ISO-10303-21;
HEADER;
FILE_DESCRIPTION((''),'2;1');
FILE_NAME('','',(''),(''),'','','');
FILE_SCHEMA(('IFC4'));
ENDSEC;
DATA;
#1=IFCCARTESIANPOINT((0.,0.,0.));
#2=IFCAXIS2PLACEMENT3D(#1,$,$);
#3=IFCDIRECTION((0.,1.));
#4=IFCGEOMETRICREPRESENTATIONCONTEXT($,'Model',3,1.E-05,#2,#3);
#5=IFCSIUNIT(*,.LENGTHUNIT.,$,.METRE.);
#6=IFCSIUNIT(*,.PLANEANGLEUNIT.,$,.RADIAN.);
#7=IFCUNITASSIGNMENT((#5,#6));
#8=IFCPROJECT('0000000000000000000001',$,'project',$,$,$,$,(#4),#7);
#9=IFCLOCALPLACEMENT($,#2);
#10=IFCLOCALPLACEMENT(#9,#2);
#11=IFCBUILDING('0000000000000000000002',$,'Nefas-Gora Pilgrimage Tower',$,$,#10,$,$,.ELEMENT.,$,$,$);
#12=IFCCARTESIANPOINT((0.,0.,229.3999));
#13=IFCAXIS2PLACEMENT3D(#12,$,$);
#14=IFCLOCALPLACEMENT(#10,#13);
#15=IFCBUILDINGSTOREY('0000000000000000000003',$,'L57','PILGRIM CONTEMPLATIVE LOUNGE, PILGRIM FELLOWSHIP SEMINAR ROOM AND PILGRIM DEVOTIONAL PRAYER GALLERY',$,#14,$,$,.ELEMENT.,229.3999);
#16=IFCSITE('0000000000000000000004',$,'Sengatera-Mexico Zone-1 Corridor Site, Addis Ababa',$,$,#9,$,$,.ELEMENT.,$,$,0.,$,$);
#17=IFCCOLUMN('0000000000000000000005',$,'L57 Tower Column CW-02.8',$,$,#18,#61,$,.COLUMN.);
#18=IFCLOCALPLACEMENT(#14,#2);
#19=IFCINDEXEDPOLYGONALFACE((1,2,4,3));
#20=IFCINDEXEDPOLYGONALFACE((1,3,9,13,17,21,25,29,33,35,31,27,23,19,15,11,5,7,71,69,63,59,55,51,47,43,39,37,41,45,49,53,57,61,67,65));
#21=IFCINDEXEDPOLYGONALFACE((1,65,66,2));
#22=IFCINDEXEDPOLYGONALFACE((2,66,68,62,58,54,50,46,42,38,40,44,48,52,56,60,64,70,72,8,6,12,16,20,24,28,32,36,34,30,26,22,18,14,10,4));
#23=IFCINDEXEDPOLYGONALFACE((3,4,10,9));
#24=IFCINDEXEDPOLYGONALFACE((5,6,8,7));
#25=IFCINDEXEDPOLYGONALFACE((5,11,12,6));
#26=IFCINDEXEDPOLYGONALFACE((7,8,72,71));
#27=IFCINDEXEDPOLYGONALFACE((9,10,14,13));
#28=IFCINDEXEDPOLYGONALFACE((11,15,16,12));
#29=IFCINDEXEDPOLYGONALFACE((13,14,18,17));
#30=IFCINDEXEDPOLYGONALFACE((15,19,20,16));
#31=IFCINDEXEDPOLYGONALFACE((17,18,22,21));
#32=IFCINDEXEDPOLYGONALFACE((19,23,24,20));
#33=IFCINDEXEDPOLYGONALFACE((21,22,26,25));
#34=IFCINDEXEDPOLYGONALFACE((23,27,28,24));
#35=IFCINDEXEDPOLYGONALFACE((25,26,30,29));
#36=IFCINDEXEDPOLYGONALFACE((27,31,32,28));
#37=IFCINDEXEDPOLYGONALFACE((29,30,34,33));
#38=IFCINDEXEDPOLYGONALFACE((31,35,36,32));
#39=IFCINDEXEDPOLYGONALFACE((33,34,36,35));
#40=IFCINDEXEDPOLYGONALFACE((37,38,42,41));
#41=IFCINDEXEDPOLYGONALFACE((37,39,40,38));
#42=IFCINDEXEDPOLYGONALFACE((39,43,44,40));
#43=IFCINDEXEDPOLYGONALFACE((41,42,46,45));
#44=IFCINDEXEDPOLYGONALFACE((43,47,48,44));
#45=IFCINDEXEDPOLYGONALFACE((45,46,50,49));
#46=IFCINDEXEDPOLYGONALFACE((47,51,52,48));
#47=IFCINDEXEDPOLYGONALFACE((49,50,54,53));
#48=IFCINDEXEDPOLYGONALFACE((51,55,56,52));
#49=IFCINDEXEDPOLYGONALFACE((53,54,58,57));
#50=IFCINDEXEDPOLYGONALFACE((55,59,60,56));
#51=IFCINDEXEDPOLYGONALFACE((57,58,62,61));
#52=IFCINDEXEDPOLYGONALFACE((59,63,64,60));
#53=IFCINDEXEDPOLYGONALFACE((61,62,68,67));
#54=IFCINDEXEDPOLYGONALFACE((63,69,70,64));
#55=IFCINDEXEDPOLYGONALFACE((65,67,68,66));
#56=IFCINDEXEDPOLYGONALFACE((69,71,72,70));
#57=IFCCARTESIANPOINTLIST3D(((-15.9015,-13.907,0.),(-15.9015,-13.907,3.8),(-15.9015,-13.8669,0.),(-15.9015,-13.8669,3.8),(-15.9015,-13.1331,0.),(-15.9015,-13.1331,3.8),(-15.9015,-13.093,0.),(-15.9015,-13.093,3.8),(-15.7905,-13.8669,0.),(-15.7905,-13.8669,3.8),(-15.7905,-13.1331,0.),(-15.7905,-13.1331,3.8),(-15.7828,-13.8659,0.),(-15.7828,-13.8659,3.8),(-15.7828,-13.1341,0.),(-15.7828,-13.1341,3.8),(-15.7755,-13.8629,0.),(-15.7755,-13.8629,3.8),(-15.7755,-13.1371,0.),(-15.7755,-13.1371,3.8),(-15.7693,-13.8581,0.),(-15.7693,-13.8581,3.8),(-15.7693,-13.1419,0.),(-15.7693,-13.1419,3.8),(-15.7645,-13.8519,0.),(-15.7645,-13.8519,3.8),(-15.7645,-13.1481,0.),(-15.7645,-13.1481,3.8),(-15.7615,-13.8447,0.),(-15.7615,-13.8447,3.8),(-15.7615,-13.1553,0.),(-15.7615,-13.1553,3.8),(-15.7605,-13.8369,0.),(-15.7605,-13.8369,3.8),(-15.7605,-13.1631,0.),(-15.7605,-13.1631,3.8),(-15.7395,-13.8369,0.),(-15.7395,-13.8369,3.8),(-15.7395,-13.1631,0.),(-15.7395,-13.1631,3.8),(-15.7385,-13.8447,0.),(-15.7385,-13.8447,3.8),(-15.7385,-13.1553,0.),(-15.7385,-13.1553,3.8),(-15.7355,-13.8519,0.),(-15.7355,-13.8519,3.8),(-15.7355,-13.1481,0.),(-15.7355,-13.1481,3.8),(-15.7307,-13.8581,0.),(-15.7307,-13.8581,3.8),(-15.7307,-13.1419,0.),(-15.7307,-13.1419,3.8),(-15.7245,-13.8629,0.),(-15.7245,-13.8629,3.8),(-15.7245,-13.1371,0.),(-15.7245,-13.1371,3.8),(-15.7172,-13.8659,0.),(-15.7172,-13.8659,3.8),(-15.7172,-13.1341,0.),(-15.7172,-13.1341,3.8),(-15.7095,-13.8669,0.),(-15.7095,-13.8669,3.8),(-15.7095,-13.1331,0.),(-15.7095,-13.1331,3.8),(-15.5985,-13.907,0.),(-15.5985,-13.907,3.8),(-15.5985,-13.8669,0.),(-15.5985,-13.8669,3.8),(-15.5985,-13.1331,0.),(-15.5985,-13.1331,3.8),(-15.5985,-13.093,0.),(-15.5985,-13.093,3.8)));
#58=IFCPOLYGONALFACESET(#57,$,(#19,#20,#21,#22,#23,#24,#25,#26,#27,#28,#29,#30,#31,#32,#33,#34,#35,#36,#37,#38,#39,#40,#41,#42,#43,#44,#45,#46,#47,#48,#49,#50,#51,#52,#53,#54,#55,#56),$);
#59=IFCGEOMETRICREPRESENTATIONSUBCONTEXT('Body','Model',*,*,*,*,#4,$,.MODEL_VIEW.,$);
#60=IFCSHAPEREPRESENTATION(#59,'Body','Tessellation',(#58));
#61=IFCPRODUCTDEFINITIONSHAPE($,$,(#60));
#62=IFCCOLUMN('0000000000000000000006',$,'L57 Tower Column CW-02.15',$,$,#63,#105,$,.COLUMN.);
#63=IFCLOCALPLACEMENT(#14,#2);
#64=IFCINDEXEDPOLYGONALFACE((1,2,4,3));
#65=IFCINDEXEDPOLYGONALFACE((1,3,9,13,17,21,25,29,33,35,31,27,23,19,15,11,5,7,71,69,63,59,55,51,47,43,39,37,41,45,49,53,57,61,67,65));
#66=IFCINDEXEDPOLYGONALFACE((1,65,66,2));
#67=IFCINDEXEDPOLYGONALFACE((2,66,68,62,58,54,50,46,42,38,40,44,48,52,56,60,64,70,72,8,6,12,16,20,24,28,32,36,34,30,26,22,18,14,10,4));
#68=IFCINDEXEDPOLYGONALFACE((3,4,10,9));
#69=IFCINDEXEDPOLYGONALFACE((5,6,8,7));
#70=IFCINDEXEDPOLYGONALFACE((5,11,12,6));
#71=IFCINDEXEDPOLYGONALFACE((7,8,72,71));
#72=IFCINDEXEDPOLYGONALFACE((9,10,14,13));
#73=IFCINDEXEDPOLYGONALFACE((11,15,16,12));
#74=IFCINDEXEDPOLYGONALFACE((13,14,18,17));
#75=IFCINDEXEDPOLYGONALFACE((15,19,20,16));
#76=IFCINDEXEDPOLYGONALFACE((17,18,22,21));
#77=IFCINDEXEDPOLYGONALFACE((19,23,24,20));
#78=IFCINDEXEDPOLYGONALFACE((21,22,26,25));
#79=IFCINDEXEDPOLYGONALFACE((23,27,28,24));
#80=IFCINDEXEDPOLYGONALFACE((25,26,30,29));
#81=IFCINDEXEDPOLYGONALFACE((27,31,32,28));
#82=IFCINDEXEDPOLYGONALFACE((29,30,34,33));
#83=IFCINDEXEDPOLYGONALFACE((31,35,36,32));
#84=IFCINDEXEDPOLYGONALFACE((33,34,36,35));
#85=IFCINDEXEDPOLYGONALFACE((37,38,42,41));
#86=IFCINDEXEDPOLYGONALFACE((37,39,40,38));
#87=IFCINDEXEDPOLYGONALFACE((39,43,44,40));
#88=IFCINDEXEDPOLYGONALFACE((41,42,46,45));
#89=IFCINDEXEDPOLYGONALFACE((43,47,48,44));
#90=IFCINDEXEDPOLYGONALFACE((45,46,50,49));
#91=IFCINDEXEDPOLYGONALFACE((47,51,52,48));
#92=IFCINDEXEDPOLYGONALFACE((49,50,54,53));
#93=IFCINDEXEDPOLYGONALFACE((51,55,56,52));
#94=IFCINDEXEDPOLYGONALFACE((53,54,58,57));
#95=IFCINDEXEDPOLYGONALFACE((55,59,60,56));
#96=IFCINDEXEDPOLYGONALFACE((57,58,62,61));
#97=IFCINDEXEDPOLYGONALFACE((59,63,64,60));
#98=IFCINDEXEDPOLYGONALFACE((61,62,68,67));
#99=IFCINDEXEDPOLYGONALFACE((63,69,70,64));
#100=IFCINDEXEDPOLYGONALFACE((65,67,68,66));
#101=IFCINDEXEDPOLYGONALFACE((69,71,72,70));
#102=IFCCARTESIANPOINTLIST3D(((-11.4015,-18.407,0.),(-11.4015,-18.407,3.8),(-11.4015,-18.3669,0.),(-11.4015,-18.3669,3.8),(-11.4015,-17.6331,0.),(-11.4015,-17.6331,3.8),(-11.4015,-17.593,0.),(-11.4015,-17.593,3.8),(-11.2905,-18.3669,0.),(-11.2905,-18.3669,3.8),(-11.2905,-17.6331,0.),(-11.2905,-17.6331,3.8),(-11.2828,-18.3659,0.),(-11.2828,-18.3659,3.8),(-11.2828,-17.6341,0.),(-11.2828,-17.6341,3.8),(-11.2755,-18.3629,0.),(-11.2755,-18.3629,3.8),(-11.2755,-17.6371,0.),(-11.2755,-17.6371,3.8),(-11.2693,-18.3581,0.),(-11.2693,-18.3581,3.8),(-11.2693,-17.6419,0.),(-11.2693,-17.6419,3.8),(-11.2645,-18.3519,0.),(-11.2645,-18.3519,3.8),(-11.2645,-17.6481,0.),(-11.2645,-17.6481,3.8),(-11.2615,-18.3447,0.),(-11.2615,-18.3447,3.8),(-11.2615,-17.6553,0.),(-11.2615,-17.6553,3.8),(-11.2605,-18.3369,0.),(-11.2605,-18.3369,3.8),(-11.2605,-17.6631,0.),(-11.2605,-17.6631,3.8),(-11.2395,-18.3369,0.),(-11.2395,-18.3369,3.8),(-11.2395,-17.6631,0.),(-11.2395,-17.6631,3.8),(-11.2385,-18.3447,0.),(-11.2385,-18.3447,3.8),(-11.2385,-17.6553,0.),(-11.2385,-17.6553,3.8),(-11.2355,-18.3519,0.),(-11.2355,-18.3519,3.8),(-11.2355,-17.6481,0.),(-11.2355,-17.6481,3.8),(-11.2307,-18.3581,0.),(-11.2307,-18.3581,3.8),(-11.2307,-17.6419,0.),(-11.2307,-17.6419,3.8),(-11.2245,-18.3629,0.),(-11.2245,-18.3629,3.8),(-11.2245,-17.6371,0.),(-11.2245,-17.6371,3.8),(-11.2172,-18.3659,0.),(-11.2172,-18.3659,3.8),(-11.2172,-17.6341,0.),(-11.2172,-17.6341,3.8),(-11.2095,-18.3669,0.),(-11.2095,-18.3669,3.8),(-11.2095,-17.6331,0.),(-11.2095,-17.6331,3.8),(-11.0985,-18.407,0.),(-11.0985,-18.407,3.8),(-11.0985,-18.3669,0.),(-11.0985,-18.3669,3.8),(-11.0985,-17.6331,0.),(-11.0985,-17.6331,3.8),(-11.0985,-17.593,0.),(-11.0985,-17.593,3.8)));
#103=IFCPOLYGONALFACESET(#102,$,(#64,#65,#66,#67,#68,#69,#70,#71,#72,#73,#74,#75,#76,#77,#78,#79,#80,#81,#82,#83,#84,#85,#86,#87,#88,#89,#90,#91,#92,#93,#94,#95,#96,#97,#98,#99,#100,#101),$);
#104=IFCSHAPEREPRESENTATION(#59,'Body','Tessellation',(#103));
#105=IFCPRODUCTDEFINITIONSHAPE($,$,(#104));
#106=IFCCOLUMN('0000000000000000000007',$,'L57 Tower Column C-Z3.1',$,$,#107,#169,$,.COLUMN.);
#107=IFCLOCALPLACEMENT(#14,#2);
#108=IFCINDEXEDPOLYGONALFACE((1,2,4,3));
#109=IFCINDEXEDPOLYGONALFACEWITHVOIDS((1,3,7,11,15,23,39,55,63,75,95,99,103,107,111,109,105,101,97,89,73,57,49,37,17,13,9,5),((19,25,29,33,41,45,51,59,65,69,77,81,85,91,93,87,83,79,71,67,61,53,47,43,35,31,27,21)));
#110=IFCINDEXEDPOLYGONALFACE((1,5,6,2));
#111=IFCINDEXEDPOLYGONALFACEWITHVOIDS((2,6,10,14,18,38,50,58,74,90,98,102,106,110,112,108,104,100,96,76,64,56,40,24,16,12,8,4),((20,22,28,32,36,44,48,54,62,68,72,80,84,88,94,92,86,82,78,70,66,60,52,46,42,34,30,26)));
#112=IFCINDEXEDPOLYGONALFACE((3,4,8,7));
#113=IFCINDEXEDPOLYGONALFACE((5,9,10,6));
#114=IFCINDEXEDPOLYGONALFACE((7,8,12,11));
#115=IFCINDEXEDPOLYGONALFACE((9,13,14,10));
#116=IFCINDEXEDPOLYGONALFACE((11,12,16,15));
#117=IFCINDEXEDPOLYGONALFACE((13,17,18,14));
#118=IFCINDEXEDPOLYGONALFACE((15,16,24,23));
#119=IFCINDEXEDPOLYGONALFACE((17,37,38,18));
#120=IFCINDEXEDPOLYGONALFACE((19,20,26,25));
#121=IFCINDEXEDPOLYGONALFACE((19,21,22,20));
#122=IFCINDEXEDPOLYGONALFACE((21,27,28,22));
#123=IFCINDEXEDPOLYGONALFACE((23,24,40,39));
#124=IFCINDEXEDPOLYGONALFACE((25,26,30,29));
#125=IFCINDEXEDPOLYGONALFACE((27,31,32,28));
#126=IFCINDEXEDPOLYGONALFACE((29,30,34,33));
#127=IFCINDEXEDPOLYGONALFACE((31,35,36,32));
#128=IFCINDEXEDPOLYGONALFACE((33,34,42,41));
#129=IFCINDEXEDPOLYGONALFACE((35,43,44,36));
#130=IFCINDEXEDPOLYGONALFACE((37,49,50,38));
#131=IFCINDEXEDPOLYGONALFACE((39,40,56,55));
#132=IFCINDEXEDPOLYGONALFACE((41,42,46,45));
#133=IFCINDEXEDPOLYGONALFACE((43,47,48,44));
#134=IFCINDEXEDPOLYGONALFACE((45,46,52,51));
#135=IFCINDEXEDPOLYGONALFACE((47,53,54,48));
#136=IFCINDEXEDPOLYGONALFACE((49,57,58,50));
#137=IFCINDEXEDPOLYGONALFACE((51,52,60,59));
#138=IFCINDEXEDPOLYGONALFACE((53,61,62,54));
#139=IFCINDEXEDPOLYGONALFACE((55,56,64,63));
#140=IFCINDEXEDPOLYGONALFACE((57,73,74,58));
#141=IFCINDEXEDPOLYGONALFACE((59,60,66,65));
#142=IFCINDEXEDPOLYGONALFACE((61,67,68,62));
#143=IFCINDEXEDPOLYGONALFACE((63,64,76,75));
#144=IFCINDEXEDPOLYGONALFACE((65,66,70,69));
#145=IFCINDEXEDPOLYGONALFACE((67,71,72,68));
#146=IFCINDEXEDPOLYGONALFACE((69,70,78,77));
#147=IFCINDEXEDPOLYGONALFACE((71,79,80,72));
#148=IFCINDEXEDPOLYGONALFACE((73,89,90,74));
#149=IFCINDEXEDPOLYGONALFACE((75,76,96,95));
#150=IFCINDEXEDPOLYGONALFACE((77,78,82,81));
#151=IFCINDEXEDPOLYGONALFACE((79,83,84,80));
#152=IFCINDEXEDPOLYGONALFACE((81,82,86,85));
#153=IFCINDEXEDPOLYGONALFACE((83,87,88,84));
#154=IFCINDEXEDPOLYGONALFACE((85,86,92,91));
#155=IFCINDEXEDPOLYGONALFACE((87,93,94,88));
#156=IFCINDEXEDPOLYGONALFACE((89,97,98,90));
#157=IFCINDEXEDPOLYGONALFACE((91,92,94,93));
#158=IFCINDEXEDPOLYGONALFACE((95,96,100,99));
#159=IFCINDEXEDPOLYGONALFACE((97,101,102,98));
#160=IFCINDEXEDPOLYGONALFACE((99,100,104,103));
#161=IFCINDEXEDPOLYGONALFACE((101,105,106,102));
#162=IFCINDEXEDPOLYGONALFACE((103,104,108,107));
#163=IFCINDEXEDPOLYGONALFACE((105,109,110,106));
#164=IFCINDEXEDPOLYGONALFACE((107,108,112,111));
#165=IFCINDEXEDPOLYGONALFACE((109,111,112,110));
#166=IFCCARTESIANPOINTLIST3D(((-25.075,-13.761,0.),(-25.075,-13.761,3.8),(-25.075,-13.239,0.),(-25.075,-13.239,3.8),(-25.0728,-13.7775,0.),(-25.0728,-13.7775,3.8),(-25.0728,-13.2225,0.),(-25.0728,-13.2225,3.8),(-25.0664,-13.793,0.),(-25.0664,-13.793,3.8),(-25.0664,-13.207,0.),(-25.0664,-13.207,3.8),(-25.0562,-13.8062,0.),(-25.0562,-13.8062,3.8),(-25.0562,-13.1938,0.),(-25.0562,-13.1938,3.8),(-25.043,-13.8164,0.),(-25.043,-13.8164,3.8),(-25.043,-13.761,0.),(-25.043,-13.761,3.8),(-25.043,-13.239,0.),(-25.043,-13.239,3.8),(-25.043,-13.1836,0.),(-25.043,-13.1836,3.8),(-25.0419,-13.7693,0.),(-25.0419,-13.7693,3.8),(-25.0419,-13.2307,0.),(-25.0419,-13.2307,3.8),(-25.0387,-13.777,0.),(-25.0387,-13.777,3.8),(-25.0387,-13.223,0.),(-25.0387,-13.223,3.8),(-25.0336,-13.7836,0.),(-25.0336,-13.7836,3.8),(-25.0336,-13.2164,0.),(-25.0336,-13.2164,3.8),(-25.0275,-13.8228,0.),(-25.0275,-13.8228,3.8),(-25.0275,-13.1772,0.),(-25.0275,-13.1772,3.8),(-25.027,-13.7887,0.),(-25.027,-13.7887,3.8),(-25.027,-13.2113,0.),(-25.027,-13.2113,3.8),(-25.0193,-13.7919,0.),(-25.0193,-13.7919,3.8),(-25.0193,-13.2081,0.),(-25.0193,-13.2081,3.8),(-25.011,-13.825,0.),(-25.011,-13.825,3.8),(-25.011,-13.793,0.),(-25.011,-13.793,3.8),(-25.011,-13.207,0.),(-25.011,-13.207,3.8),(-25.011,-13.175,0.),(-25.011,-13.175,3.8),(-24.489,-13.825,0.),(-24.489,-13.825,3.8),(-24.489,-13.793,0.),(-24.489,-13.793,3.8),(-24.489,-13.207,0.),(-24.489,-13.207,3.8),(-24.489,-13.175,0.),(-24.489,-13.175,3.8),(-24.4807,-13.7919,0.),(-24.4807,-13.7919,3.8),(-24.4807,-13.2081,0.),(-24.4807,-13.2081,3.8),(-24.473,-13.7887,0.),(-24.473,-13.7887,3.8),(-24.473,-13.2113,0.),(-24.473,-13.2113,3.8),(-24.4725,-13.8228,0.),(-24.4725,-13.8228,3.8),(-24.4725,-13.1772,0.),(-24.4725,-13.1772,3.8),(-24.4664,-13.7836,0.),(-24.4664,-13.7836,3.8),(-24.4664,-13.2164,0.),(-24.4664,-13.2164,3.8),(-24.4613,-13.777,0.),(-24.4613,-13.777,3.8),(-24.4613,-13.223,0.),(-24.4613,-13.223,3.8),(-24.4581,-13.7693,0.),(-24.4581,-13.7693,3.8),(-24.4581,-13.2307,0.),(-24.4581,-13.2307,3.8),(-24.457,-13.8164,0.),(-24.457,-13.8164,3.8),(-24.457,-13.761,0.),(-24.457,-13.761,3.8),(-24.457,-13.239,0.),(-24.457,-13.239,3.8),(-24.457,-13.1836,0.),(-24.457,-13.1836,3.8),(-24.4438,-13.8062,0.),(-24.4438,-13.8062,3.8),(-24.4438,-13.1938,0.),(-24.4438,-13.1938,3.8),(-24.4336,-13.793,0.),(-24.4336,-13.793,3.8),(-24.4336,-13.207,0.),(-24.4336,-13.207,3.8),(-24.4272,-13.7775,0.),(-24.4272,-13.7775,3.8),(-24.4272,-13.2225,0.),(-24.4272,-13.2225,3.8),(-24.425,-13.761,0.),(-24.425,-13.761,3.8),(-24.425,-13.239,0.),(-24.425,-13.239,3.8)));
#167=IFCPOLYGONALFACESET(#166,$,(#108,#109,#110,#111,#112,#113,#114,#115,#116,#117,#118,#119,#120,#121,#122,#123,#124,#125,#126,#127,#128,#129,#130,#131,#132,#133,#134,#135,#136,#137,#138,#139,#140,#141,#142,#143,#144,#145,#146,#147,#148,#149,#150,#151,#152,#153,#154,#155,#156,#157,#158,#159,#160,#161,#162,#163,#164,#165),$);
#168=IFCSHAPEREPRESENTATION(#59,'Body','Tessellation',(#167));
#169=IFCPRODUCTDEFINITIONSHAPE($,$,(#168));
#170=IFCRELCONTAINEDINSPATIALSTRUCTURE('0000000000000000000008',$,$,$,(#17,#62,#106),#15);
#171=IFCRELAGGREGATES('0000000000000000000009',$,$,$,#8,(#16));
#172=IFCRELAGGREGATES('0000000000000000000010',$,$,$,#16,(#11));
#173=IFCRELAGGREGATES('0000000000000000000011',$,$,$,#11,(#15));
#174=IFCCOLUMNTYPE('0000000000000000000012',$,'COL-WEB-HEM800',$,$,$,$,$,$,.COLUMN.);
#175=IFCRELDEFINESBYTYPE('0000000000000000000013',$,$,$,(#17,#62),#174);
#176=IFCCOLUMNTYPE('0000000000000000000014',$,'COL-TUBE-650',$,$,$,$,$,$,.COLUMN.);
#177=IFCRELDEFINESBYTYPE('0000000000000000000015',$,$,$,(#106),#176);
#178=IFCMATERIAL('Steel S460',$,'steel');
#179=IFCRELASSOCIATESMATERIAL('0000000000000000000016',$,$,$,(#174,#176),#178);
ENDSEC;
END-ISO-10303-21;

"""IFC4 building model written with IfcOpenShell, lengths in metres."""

from ifc_helpers import new_model, si_unit, direction, frame, origin, origin_2d, place, context, subcontext, project, spatial, hollow_rectangle, i_section, extrude, source, transform, mapped, material, material_profile, profile_set, type_object, element, save


model = new_model("IFC4")

# Units and contexts
model_context = context("Model", 3, precision=1e-05, world=origin(), true_north=direction((0.0, 1.0)))
body_context = subcontext(model_context, "Body", "Model", "MODEL_VIEW")
ifc_project = project(units=[si_unit("LENGTHUNIT", "METRE"), si_unit("PLANEANGLEUNIT", "RADIAN")], contexts=[model_context])

# Site, building, storey
site_placement = place(None, origin())
site = spatial("IfcSite", under=ifc_project, at=site_placement, Name="Sengatera-Mexico Zone-1 Corridor Site, Addis Ababa", CompositionType="ELEMENT", RefElevation=0.0)
building_placement = place(site_placement, origin())
building = spatial("IfcBuilding", under=site, at=building_placement, Name="Nefas-Gora Pilgrimage Tower", CompositionType="ELEMENT")
storey_placement = place(building_placement, frame((0.0, 0.0, 229.3999)))
storey = spatial("IfcBuildingStorey", under=building, at=storey_placement, Name="L57", Description="PILGRIM CONTEMPLATIVE LOUNGE, PILGRIM FELLOWSHIP SEMINAR ROOM AND PILGRIM DEVOTIONAL PRAYER GALLERY", CompositionType="ELEMENT", Elevation=229.3999)

# Columns
ifc_material_1 = material(Name="Steel S460", Category="steel")
ifc_material_profile_1 = material_profile(ifc_material_1, i_section(OverallWidth=0.303, OverallDepth=0.814, WebThickness=0.021, FlangeThickness=0.04, FilletRadius=0.03, at=origin_2d()), Name="HEM 800")
ifc_profile_set_1 = profile_set([ifc_material_profile_1], Name="Steel S460")
column_type_1 = type_object("IfcColumnType", Name="COL-WEB-HEM800", PredefinedType="COLUMN", material=ifc_profile_set_1)
shared_shape_1 = source(origin(), body_context, "Body", "SweptSolid", [
    extrude(i_section(OverallWidth=0.303, OverallDepth=0.814, WebThickness=0.021, FlangeThickness=0.04, FilletRadius=0.03, at=origin_2d()), origin(), (0.0, 0.0, 1.0), 3.8),
])
for number, where, z_axis, x_axis, name in (
    (1, (-15.75, -13.5, 0.0), (0.0, 0.0, 1.0), (1.0, 0.0, 0.0), "L57 Tower Column CW-02.8"),
    (2, (-11.25, -18.0, 0.0), (0.0, 0.0, 1.0), (1.0, 0.0, 0.0), "L57 Tower Column CW-02.15"),
):
    element("IfcColumn", number, at=place(storey_placement, frame(where, z_axis=z_axis, x_axis=x_axis)), inside=storey, type_object=column_type_1, Name=name, PredefinedType="COLUMN", context=body_context, shape_type="MappedRepresentation", body=[
        mapped(shared_shape_1, transform((0.0, 0.0, 0.0), x_axis=(1.0, 0.0, 0.0), y_axis=(0.0, 1.0, 0.0), z_axis=(0.0, 0.0, 1.0), scale=1.0)),
    ])
ifc_material_profile_2 = material_profile(ifc_material_1, hollow_rectangle(XDim=0.6499, YDim=0.6499, WallThickness=0.032, InnerFilletRadius=0.032, OuterFilletRadius=0.064, at=origin_2d()), Name="BOX 650x650x32")
ifc_profile_set_2 = profile_set([ifc_material_profile_2], Name="Steel S460")
column_type_2 = type_object("IfcColumnType", Name="COL-TUBE-650", PredefinedType="COLUMN", material=ifc_profile_set_2)
shared_shape_2 = source(origin(), body_context, "Body", "SweptSolid", [
    extrude(hollow_rectangle(XDim=0.6499, YDim=0.6499, WallThickness=0.032, InnerFilletRadius=0.032, OuterFilletRadius=0.064, at=origin_2d()), origin(), (0.0, 0.0, 1.0), 3.8),
])
column_placement = place(storey_placement, frame((-24.75, -13.5, 0.0), z_axis=(0.0, 0.0, 1.0), x_axis=(1.0, 0.0, 0.0)))
element("IfcColumn", 3, at=column_placement, inside=storey, type_object=column_type_2, Name="L57 Tower Column C-Z3.1", PredefinedType="COLUMN", context=body_context, shape_type="MappedRepresentation", body=[
    mapped(shared_shape_2, transform((0.0, 0.0, 0.0), x_axis=(1.0, 0.0, 0.0), y_axis=(0.0, 1.0, 0.0), z_axis=(0.0, 0.0, 1.0), scale=1.0)),
])

save(model, "model.ifc")
